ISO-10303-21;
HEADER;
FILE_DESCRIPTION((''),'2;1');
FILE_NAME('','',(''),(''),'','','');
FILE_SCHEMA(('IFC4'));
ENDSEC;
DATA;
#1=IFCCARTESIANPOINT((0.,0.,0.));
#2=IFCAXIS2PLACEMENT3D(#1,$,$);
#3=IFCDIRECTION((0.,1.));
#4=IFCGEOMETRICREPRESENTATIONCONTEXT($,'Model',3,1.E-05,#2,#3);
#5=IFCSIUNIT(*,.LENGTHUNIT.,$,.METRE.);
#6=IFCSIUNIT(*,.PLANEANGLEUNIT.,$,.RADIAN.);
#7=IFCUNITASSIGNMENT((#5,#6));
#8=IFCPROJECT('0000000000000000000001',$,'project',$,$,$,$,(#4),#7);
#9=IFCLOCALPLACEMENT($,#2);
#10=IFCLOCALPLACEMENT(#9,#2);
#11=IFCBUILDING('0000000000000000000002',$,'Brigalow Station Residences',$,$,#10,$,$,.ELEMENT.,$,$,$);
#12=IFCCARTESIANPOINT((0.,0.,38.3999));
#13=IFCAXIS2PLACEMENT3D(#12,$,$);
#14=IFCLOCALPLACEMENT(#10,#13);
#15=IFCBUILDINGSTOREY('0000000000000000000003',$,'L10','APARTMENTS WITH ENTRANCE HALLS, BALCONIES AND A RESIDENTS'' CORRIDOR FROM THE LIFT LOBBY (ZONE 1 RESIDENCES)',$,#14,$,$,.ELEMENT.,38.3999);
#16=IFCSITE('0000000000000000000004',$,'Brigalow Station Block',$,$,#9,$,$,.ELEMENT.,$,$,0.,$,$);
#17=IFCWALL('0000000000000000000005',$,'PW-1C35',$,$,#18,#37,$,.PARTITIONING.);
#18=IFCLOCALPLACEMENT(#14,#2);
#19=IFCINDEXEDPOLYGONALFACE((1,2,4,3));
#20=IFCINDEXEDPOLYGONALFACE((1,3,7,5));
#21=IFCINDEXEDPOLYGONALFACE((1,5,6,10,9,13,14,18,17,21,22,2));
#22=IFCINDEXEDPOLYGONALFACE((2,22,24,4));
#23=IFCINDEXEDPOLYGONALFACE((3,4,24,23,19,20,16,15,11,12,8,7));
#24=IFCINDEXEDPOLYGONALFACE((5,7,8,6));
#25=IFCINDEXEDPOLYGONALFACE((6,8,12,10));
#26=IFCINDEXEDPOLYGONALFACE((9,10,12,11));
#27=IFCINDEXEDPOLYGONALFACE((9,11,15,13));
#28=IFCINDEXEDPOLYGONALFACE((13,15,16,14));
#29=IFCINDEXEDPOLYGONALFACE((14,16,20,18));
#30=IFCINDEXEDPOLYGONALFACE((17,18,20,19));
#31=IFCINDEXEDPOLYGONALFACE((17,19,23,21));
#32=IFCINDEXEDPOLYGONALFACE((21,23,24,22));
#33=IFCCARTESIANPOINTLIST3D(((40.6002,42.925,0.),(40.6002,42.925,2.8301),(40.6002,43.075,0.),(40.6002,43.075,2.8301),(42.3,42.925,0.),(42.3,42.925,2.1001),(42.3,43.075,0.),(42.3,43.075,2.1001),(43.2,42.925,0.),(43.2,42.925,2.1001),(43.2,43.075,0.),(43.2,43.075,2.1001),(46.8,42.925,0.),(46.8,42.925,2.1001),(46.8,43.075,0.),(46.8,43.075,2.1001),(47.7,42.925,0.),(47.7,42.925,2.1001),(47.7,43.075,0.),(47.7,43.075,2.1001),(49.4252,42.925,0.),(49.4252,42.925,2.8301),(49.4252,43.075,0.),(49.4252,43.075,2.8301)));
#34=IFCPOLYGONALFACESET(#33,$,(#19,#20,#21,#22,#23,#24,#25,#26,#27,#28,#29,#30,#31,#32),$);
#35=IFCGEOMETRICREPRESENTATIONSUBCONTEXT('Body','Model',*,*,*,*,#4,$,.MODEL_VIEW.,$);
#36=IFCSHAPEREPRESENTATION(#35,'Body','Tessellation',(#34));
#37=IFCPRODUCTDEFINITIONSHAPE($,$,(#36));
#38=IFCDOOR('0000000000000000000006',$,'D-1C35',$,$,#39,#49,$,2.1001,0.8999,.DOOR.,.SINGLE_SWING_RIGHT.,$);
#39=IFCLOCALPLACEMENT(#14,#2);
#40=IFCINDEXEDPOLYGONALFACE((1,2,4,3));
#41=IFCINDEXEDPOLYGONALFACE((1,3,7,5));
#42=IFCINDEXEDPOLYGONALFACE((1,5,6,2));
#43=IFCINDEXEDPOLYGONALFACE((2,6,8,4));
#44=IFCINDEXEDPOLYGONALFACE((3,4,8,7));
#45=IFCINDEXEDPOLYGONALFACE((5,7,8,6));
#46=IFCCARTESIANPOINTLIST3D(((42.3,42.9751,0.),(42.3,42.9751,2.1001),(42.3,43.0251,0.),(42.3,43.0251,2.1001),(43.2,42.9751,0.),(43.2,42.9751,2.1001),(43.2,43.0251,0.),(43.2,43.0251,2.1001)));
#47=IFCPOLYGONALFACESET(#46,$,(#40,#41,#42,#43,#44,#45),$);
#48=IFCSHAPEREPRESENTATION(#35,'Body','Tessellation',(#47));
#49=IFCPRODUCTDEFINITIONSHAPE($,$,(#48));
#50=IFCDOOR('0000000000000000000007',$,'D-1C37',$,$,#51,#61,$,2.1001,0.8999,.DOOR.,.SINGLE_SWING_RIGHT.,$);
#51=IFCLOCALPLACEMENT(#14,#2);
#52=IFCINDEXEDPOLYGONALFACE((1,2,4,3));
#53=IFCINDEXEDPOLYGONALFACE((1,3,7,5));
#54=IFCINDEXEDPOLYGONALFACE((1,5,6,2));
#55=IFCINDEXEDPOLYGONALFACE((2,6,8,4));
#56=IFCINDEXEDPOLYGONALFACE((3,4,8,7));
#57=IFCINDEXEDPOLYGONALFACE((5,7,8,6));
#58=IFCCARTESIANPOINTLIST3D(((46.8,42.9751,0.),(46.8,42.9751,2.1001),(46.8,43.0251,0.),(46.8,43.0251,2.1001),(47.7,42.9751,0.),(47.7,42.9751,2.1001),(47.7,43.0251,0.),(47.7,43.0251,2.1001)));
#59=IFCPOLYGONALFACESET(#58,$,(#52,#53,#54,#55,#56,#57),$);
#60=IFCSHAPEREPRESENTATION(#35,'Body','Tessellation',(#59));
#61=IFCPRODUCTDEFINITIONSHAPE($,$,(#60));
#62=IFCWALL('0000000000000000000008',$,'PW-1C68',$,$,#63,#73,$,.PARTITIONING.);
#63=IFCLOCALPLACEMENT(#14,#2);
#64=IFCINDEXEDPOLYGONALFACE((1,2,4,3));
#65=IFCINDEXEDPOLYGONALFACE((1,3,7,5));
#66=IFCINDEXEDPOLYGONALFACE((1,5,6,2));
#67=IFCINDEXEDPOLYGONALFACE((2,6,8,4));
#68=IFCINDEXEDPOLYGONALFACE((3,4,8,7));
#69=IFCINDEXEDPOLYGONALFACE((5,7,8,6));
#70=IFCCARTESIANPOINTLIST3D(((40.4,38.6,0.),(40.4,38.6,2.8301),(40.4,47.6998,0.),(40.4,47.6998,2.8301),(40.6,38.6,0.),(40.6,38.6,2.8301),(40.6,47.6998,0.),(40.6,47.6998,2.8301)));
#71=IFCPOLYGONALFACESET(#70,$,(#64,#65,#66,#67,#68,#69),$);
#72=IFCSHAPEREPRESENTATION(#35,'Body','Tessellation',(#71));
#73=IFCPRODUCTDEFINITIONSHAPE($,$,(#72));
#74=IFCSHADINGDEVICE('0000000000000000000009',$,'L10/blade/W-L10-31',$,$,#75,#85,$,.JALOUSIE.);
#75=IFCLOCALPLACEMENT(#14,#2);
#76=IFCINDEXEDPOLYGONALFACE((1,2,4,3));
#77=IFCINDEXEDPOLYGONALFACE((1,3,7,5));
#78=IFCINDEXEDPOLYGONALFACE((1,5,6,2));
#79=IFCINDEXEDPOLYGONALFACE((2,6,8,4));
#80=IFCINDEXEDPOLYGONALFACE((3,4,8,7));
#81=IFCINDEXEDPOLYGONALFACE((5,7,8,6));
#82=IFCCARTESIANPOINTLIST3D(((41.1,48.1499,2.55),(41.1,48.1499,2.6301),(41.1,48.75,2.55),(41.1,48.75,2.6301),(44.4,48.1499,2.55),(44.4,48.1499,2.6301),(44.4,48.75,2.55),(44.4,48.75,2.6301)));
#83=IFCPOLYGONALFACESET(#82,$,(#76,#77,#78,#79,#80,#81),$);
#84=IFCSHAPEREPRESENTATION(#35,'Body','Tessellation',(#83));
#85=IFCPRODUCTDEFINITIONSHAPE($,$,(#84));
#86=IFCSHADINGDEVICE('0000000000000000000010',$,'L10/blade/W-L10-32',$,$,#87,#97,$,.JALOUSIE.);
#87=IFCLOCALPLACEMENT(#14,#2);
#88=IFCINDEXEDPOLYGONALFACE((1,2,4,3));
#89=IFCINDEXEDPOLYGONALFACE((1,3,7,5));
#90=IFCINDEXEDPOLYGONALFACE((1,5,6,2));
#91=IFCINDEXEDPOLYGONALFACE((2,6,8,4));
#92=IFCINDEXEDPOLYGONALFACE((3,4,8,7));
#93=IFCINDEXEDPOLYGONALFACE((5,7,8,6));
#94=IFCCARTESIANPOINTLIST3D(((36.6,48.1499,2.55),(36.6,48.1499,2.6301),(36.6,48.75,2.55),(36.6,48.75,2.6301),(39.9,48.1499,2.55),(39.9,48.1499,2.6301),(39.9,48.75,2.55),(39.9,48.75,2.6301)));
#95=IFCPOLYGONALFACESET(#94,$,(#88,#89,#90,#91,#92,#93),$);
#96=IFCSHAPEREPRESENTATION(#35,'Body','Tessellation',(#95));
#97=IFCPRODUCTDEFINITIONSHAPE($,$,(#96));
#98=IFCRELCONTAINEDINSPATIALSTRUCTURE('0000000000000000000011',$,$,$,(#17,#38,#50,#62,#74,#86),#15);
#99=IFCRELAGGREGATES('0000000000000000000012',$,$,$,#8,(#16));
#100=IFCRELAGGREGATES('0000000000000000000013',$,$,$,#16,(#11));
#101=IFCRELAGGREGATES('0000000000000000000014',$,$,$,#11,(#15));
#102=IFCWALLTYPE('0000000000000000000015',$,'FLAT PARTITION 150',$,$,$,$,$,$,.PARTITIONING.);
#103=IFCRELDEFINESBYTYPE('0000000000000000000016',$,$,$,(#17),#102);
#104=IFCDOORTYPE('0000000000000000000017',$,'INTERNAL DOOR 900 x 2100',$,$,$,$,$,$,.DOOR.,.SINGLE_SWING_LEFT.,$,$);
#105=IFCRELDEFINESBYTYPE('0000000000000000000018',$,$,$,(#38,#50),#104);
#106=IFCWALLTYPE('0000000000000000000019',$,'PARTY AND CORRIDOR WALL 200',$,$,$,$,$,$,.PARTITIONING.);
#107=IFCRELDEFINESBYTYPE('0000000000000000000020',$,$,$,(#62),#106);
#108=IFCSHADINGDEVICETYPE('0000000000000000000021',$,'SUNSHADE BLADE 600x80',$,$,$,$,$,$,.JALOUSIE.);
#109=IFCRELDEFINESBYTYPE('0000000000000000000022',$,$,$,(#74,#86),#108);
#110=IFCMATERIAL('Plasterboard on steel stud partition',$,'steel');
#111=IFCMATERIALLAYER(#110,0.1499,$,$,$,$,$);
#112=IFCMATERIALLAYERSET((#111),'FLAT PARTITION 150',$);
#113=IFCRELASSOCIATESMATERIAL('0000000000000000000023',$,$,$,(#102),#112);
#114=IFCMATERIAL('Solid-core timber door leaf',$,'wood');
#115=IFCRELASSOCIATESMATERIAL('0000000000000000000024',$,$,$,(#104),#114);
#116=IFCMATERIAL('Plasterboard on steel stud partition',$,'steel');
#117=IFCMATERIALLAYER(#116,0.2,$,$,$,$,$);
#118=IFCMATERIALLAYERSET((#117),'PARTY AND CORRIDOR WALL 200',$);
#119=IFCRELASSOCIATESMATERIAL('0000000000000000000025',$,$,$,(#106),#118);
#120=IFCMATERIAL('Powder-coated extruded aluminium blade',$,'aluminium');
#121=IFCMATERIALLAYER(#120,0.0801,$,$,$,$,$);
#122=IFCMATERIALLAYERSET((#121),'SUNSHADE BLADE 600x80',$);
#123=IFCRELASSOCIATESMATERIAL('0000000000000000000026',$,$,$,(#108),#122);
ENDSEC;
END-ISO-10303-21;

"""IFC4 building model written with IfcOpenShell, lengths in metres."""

from ifc_helpers import new_model, si_unit, direction, frame, frame_2d, origin, origin_2d, place, context, subcontext, project, spatial, rectangle, extrude, material, layer, layer_set, type_object, element, fill, save


model = new_model("IFC4")

# Units and contexts
model_context = context("Model", 3, precision=1e-05, world=origin(), true_north=direction((0.0, 1.0)))
body_context = subcontext(model_context, "Body", "Model", "MODEL_VIEW")
ifc_project = project(units=[si_unit("LENGTHUNIT", "METRE"), si_unit("PLANEANGLEUNIT", "RADIAN")], contexts=[model_context])

# Site, building, storey
site_placement = place(None, origin())
site = spatial("IfcSite", under=ifc_project, at=site_placement, Name="Brigalow Station Block", CompositionType="ELEMENT", RefElevation=0.0)
building_placement = place(site_placement, origin())
building = spatial("IfcBuilding", under=site, at=building_placement, Name="Brigalow Station Residences", CompositionType="ELEMENT")
storey_placement = place(building_placement, frame((0.0, 0.0, 38.3999)))
storey = spatial("IfcBuildingStorey", under=building, at=storey_placement, Name="L10", Description="APARTMENTS WITH ENTRANCE HALLS, BALCONIES AND A RESIDENTS' CORRIDOR FROM THE LIFT LOBBY (ZONE 1 RESIDENCES)", CompositionType="ELEMENT", Elevation=38.3999)

# Wall, openings, doors
ifc_material_1 = material(Name="Plasterboard on steel stud partition", Category="steel")
ifc_layer_1 = layer(ifc_material_1, 0.1499)
ifc_layer_set_1 = layer_set([ifc_layer_1], Name="FLAT PARTITION 150")
wall_type_1 = type_object("IfcWallType", Name="FLAT PARTITION 150", PredefinedType="PARTITIONING", material=ifc_layer_set_1)
wall_1_placement = place(storey_placement, frame((40.6001, 43.0, 0.0), z_axis=(0.0, 0.0, 1.0), x_axis=(1.0, 0.0, 0.0)))
wall_1 = element("IfcWall", 1, at=wall_1_placement, inside=storey, type_object=wall_type_1, Name="PW-1C35", PredefinedType="PARTITIONING", context=body_context, shape_type="SweptSolid", body=[
    extrude(rectangle(XDim=8.825, YDim=0.1499, at=frame_2d((4.4126, 0.0))), origin(), (0.0, 0.0, 1.0), 2.8301),
])
opening_1_placement = place(wall_1_placement, frame((1.7, 0.0, 0.0)))
opening_1 = element("IfcOpeningElement", 2, at=opening_1_placement, cuts=wall_1, PredefinedType="OPENING", context=body_context, shape_type="SweptSolid", body=[
    extrude(rectangle(XDim=0.8999, YDim=2.1001, at=frame_2d((0.45, 1.05))), frame((0.0, 0.085, 0.0), z_axis=(0.0, -1.0, 0.0), x_axis=(1.0, 0.0, 0.0)), (0.0, 0.0, 1.0), 0.1699),
])
opening_2_placement = place(wall_1_placement, frame((6.2, 0.0, 0.0)))
opening_2 = element("IfcOpeningElement", 3, at=opening_2_placement, cuts=wall_1, PredefinedType="OPENING", context=body_context, shape_type="SweptSolid", body=[
    extrude(rectangle(XDim=0.8999, YDim=2.1001, at=frame_2d((0.45, 1.05))), frame((0.0, 0.085, 0.0), z_axis=(0.0, -1.0, 0.0), x_axis=(1.0, 0.0, 0.0)), (0.0, 0.0, 1.0), 0.1699),
])
ifc_material_2 = material(Name="Solid-core timber door leaf", Category="wood")
door_type = type_object("IfcDoorType", Name="INTERNAL DOOR 900 x 2100", OperationType="SINGLE_SWING_LEFT", PredefinedType="DOOR", material=ifc_material_2)
door_1_placement = place(opening_1_placement, frame((0.8999, 0.0, 0.0), z_axis=(0.0, 0.0, 1.0), x_axis=(-1.0, 0.0, 0.0)))
door_1 = element("IfcDoor", 4, at=door_1_placement, inside=storey, type_object=door_type, Name="D-1C35", OperationType="SINGLE_SWING_RIGHT", OverallHeight=2.1001, OverallWidth=0.8999, PredefinedType="DOOR", context=body_context, shape_type="SweptSolid", body=[
    extrude(rectangle(XDim=0.8999, YDim=2.1001, at=frame_2d((0.45, 1.05))), frame((0.0, 0.0249, 0.0), z_axis=(0.0, -1.0, 0.0), x_axis=(1.0, 0.0, 0.0)), (0.0, 0.0, 1.0), 0.05),
])
fill(opening_1, door_1)
door_2_placement = place(opening_2_placement, frame((0.8999, 0.0, 0.0), z_axis=(0.0, 0.0, 1.0), x_axis=(-1.0, 0.0, 0.0)))
door_2 = element("IfcDoor", 5, at=door_2_placement, inside=storey, type_object=door_type, Name="D-1C37", OperationType="SINGLE_SWING_RIGHT", OverallHeight=2.1001, OverallWidth=0.8999, PredefinedType="DOOR", context=body_context, shape_type="SweptSolid", body=[
    extrude(rectangle(XDim=0.8999, YDim=2.1001, at=frame_2d((0.45, 1.05))), frame((0.0, 0.0249, 0.0), z_axis=(0.0, -1.0, 0.0), x_axis=(1.0, 0.0, 0.0)), (0.0, 0.0, 1.0), 0.05),
])
fill(opening_2, door_2)

# Wall
ifc_material_3 = material(Name="Plasterboard on steel stud partition", Category="steel")
ifc_layer_2 = layer(ifc_material_3, 0.2)
ifc_layer_set_2 = layer_set([ifc_layer_2], Name="PARTY AND CORRIDOR WALL 200")
wall_type_2 = type_object("IfcWallType", Name="PARTY AND CORRIDOR WALL 200", PredefinedType="PARTITIONING", material=ifc_layer_set_2)
wall_2_placement = place(storey_placement, frame((40.5, 38.6001, 0.0), z_axis=(0.0, 0.0, 1.0), x_axis=(0.0, 1.0, 0.0)))
element("IfcWall", 6, at=wall_2_placement, inside=storey, type_object=wall_type_2, Name="PW-1C68", PredefinedType="PARTITIONING", context=body_context, shape_type="SweptSolid", body=[
    extrude(rectangle(XDim=9.0999, YDim=0.2, at=frame_2d((4.5498, 0.0))), origin(), (0.0, 0.0, 1.0), 2.8301),
])

# Shading devices
ifc_material_4 = material(Name="Powder-coated extruded aluminium blade", Category="aluminium")
ifc_layer_3 = layer(ifc_material_4, 0.0801)
ifc_layer_set_3 = layer_set([ifc_layer_3], Name="SUNSHADE BLADE 600x80")
shading_device_type = type_object("IfcShadingDeviceType", Name="SUNSHADE BLADE 600x80", PredefinedType="JALOUSIE", material=ifc_layer_set_3)
for number, where, z_axis, x_axis, name in (
    (7, (42.75, 48.45, 2.55), (0.0, 0.0, 1.0), (-1.0, 0.0, 0.0), "L10/blade/W-L10-31"),
    (8, (38.25, 48.45, 2.55), (0.0, 0.0, 1.0), (-1.0, 0.0, 0.0), "L10/blade/W-L10-32"),
):
    element("IfcShadingDevice", number, at=place(storey_placement, frame(where, z_axis=z_axis, x_axis=x_axis)), inside=storey, type_object=shading_device_type, Name=name, PredefinedType="JALOUSIE", context=body_context, shape_type="SweptSolid", body=[
        extrude(rectangle(XDim=3.3, YDim=0.6001, at=origin_2d()), origin(), (0.0, 0.0, 1.0), 0.0801),
    ])

save(model, "model.ifc")
